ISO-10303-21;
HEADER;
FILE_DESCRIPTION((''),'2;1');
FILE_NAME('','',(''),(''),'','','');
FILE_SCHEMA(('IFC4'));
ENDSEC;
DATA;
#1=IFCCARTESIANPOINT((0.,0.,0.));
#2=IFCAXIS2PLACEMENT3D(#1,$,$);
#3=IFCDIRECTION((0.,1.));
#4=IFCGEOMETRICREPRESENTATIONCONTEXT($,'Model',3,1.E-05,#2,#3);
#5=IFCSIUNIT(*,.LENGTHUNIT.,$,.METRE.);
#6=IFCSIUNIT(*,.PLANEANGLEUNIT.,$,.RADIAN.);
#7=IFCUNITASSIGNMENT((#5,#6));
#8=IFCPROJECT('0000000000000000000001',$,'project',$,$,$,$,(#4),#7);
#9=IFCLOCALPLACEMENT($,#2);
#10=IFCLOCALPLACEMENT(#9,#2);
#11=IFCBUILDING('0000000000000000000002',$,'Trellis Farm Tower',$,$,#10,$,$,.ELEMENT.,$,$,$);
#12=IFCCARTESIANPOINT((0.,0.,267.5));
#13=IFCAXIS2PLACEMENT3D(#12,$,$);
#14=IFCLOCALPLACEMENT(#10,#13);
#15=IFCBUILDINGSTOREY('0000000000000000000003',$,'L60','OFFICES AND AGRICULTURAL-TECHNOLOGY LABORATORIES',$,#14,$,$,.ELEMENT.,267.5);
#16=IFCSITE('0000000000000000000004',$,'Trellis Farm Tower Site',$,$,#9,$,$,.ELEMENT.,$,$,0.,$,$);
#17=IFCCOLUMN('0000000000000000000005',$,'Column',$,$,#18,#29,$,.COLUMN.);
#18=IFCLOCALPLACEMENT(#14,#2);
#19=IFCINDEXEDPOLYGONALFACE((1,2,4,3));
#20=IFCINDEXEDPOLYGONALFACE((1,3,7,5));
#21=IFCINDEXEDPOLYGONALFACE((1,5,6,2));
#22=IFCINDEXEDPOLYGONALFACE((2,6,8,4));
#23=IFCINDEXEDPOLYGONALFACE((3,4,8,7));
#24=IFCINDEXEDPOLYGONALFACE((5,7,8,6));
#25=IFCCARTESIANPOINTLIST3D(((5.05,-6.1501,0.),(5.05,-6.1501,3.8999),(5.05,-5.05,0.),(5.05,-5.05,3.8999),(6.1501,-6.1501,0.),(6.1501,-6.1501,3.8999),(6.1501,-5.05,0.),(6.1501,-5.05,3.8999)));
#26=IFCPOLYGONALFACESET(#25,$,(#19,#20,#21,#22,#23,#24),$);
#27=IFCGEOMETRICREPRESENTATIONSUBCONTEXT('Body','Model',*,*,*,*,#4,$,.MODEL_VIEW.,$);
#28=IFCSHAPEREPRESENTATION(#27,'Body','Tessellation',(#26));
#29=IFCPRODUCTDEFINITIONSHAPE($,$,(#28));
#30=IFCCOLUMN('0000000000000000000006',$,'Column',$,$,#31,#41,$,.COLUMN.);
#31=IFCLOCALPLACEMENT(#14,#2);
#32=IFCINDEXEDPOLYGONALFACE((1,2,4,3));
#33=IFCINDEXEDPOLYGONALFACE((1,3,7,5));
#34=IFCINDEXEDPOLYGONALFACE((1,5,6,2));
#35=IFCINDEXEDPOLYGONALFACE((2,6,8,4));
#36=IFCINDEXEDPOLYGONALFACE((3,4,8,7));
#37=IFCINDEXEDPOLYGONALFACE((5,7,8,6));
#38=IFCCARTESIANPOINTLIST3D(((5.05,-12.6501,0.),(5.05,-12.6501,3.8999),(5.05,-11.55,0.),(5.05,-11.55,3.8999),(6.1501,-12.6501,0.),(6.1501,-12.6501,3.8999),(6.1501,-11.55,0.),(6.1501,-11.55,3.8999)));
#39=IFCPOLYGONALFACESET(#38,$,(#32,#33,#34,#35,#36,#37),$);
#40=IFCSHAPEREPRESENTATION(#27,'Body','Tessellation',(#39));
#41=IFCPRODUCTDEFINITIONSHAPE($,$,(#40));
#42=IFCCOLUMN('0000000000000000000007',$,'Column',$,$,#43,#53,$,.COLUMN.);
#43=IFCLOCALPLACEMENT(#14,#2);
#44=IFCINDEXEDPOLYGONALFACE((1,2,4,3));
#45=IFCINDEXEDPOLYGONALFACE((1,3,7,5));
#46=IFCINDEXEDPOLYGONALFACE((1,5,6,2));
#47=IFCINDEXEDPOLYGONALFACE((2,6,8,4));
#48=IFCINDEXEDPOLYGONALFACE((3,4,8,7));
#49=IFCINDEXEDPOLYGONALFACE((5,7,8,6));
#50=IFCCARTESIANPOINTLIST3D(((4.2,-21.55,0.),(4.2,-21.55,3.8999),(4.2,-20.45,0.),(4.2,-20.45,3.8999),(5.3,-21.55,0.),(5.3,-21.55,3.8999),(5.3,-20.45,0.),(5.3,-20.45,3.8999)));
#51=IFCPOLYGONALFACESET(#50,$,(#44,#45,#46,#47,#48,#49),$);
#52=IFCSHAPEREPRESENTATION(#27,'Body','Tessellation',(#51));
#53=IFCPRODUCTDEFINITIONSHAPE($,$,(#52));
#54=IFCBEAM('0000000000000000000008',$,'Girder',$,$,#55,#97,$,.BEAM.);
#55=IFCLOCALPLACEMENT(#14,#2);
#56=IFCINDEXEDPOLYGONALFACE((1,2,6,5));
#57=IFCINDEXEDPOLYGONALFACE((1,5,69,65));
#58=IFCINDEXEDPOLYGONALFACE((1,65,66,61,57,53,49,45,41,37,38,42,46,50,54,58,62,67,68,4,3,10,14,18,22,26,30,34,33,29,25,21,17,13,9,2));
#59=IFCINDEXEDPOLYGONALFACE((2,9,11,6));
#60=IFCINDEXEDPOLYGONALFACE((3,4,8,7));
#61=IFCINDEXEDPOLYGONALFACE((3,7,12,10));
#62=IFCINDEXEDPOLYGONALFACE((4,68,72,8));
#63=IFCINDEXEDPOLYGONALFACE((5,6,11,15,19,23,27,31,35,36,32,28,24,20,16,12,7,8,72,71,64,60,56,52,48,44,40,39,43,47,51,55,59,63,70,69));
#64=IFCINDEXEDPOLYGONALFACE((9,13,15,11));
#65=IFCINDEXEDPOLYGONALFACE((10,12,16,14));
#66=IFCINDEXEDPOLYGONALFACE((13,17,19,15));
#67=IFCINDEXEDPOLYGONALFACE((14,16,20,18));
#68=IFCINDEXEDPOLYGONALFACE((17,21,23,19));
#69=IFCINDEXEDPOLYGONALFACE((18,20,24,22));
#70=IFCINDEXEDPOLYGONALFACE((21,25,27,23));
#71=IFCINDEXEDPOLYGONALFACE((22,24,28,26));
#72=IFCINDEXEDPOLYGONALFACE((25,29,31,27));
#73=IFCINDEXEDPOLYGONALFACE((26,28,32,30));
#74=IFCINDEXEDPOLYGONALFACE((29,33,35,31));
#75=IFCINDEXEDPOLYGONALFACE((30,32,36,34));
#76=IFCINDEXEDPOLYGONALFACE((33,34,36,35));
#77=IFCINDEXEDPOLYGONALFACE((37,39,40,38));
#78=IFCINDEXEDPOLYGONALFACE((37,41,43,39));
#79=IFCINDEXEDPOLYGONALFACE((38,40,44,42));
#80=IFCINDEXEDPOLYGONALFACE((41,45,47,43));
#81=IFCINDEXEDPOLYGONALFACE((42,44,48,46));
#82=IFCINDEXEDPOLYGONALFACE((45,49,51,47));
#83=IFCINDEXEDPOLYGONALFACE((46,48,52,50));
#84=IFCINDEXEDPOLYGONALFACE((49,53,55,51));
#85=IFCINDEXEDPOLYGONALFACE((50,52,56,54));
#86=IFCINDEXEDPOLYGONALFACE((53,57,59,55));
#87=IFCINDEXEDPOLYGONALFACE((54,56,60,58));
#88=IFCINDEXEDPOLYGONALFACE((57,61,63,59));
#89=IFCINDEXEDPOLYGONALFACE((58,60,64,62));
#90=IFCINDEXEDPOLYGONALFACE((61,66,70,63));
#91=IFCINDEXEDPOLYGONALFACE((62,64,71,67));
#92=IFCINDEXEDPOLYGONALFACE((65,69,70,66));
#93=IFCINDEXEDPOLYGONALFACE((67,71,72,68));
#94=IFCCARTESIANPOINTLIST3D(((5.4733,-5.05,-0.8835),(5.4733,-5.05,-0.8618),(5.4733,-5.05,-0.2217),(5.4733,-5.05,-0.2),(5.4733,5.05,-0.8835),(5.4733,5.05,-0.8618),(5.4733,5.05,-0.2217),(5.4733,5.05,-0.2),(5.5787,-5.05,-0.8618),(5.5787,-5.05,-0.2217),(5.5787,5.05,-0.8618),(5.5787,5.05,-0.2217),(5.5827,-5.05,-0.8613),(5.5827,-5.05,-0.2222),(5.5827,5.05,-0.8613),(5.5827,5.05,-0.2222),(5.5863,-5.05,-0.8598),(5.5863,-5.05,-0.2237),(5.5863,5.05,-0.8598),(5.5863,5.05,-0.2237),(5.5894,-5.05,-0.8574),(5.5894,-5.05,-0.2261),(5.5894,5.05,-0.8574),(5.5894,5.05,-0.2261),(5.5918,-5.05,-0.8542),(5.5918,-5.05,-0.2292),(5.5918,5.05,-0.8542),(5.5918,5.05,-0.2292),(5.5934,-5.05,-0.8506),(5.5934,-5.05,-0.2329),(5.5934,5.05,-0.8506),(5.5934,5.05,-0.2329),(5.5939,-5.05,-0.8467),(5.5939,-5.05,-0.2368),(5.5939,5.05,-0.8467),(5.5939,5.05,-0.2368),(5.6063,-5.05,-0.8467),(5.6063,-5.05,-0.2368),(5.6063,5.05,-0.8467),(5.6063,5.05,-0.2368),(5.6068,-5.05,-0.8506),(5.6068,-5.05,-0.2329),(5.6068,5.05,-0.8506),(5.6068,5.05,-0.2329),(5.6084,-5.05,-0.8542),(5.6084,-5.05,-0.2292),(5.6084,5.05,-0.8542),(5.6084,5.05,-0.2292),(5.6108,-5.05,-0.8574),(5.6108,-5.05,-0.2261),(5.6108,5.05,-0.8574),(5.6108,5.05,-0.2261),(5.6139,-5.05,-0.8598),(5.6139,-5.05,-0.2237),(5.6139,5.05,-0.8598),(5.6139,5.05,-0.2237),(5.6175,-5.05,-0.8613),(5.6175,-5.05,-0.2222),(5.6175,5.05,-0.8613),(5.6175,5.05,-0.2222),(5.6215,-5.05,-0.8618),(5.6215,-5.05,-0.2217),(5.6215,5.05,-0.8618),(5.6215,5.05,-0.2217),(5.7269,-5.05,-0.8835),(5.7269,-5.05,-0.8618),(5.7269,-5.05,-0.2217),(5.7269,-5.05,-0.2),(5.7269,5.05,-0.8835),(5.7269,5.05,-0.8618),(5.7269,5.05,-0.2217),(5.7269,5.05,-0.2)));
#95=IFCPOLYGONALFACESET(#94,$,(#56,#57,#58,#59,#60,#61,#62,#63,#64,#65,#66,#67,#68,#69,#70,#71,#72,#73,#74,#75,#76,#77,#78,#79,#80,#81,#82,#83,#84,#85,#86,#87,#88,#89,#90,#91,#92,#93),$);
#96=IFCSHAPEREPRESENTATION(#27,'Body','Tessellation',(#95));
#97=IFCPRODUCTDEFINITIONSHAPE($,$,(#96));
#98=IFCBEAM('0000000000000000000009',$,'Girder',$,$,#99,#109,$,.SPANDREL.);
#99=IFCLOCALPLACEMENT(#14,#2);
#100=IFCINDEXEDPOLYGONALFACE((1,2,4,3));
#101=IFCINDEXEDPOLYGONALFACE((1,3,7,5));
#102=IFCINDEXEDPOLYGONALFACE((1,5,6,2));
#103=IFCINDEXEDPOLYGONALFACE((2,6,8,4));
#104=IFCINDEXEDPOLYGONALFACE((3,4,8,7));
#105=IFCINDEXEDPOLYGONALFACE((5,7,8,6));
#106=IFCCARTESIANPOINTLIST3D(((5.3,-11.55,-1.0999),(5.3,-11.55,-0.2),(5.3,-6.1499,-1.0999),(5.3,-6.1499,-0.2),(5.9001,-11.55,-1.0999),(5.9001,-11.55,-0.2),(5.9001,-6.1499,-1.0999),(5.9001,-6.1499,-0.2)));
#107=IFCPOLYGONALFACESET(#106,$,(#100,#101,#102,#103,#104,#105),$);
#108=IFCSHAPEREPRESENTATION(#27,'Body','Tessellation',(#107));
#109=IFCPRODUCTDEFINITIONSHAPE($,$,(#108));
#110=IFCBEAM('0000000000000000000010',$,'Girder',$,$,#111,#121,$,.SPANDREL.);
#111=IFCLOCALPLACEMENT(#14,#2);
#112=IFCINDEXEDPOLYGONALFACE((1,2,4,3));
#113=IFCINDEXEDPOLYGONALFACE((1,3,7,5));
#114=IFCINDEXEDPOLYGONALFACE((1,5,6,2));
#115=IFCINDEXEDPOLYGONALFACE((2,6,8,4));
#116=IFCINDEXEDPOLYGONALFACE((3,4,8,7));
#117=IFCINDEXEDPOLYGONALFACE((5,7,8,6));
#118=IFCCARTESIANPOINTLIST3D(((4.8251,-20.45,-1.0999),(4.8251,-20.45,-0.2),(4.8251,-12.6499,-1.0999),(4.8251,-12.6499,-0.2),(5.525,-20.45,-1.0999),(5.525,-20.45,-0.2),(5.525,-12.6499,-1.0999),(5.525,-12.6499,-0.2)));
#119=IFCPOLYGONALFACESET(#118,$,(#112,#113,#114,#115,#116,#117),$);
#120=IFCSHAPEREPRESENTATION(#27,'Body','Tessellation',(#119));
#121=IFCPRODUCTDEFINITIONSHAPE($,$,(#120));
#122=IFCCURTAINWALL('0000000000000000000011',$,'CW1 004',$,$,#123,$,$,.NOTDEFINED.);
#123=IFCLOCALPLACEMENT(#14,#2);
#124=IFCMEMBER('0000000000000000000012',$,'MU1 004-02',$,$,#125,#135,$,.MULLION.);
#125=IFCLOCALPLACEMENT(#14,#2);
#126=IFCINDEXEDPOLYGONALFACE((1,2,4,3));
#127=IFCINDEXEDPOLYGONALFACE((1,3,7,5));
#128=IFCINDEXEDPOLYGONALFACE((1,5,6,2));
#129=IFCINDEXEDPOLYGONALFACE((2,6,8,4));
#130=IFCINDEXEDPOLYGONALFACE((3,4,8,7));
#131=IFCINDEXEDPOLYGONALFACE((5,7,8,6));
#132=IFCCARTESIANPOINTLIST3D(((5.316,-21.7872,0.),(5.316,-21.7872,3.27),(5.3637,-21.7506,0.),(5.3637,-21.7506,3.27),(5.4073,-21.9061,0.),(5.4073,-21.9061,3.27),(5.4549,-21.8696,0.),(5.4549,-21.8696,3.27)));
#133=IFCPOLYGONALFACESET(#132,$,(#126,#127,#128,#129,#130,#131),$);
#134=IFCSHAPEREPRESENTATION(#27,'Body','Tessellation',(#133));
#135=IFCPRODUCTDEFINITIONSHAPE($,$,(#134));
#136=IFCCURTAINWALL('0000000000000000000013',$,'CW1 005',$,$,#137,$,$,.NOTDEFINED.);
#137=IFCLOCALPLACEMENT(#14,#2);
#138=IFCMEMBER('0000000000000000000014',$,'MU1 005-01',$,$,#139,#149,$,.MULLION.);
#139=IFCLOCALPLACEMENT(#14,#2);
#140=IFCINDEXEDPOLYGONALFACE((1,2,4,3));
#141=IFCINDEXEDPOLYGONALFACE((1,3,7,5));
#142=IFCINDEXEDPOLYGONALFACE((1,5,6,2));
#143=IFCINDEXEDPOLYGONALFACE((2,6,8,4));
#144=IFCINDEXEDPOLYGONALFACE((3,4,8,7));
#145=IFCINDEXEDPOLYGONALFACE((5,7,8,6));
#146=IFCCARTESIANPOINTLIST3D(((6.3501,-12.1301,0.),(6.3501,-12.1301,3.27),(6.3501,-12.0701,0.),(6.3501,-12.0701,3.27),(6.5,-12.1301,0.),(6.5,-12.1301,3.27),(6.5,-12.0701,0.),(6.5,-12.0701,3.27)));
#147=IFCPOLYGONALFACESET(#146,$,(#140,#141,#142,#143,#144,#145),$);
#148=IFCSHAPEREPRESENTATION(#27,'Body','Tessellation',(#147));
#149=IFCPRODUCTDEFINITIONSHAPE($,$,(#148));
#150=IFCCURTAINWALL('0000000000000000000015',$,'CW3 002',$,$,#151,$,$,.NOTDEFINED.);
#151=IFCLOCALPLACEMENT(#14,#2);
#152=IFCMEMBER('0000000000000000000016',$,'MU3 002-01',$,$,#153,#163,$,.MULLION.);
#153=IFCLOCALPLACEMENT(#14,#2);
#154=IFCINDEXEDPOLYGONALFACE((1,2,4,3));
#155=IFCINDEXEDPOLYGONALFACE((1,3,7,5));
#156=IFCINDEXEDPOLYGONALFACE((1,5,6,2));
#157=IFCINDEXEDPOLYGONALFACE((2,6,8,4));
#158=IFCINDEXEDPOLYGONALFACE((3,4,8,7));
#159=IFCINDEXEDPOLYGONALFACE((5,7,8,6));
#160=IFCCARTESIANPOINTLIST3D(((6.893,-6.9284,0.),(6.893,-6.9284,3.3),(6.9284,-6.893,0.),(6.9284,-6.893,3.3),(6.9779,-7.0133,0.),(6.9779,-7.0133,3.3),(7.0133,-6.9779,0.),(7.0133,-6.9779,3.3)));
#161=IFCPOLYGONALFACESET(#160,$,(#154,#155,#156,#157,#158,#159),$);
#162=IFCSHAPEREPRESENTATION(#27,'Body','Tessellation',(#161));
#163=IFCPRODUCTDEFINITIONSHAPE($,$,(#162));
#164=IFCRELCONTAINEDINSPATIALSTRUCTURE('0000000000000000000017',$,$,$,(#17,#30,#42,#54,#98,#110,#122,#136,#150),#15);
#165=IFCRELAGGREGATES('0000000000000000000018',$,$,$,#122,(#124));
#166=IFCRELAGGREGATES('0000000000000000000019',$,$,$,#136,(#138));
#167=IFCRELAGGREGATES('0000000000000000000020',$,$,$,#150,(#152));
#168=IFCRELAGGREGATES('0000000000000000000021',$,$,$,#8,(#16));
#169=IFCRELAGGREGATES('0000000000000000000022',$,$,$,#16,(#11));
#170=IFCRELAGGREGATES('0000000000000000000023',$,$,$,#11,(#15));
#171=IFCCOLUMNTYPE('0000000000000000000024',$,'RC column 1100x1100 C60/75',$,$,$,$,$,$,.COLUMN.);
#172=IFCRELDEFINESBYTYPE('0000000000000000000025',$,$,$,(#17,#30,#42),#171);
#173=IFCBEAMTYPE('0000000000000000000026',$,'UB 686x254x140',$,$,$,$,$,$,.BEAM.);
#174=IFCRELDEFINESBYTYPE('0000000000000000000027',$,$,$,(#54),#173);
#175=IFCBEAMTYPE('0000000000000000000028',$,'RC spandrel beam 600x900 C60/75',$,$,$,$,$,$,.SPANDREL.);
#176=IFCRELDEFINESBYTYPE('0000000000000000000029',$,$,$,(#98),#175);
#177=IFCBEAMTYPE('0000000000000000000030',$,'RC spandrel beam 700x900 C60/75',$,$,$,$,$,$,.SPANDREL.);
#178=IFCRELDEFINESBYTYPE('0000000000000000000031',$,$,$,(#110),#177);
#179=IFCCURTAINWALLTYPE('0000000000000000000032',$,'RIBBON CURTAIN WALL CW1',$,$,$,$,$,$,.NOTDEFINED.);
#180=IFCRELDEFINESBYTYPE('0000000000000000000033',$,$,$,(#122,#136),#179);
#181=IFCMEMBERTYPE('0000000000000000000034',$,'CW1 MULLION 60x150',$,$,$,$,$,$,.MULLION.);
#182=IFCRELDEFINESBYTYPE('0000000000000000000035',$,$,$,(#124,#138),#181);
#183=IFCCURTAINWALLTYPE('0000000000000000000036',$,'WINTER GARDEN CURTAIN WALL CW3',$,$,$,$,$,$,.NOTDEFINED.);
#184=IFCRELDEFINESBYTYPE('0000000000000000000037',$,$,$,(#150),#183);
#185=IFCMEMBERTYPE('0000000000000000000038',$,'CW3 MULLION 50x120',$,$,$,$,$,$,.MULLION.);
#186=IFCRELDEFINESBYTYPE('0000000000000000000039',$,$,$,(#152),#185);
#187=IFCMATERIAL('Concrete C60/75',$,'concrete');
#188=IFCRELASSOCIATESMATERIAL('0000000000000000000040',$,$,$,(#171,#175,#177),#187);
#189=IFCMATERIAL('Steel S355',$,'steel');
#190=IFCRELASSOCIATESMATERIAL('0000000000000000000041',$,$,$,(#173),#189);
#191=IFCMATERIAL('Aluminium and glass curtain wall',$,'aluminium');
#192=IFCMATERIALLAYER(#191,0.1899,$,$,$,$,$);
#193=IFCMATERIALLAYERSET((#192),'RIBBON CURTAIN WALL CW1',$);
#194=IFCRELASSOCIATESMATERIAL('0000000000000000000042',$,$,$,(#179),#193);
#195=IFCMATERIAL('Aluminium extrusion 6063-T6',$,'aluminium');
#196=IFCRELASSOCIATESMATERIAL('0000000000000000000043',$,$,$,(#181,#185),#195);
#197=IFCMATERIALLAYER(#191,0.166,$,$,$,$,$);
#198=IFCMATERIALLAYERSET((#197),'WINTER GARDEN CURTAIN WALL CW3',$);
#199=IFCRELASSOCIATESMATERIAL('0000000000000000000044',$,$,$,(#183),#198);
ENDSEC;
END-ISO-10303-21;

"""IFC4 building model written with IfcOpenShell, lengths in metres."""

from ifc_helpers import new_model, si_unit, direction, frame, origin, origin_2d, place, context, subcontext, project, spatial, rectangle, i_section, extrude, source, transform, mapped, material, layer, layer_set, material_profile, profile_set, type_object, element, aggregate, save


model = new_model("IFC4")

# Units and contexts
model_context = context("Model", 3, precision=1e-05, world=origin(), true_north=direction((0.0, 1.0)))
body_context = subcontext(model_context, "Body", "Model", "MODEL_VIEW")
ifc_project = project(units=[si_unit("LENGTHUNIT", "METRE"), si_unit("PLANEANGLEUNIT", "RADIAN")], contexts=[model_context])

# Site, building, storey
site_placement = place(None, origin())
site = spatial("IfcSite", under=ifc_project, at=site_placement, Name="Trellis Farm Tower Site", CompositionType="ELEMENT", RefElevation=0.0)
building_placement = place(site_placement, origin())
building = spatial("IfcBuilding", under=site, at=building_placement, Name="Trellis Farm Tower", CompositionType="ELEMENT")
storey_placement = place(building_placement, frame((0.0, 0.0, 267.5)))
storey = spatial("IfcBuildingStorey", under=building, at=storey_placement, Name="L60", Description="OFFICES AND AGRICULTURAL-TECHNOLOGY LABORATORIES", CompositionType="ELEMENT", Elevation=267.5)

# Columns
ifc_material_1 = material(Name="Concrete C60/75", Category="concrete")
ifc_material_profile_1 = material_profile(ifc_material_1, rectangle(XDim=1.1001, YDim=1.1001, at=origin_2d()), Name="RC column 1100x1100 C60/75")
ifc_profile_set_1 = profile_set([ifc_material_profile_1], Name="Concrete C60/75")
column_type = type_object("IfcColumnType", Name="RC column 1100x1100 C60/75", PredefinedType="COLUMN", material=ifc_profile_set_1)
shared_shape_1 = source(origin(), body_context, "Body", "SweptSolid", [
    extrude(rectangle(XDim=1.1001, YDim=1.1001, at=origin_2d()), origin(), (0.0, 0.0, 1.0), 3.8999),
])
for number, where, z_axis, x_axis, name in (
    (1, (5.6001, -5.6001, 0.0), (0.0, 0.0, 1.0), (1.0, 0.0, 0.0), "Column"),
    (2, (5.6001, -12.1001, 0.0), (0.0, 0.0, 1.0), (1.0, 0.0, 0.0), "Column"),
    (3, (4.75, -21.0, 0.0), (0.0, 0.0, 1.0), (1.0, 0.0, 0.0), "Column"),
):
    element("IfcColumn", number, at=place(storey_placement, frame(where, z_axis=z_axis, x_axis=x_axis)), inside=storey, type_object=column_type, Name=name, PredefinedType="COLUMN", context=body_context, shape_type="MappedRepresentation", body=[
        mapped(shared_shape_1, transform((0.0, 0.0, 0.0))),
    ])

# Beams
ifc_material_2 = material(Name="Steel S355", Category="steel")
ifc_material_profile_2 = material_profile(ifc_material_2, i_section(OverallWidth=0.2537, OverallDepth=0.6836, WebThickness=0.0125, FlangeThickness=0.0217, FilletRadius=0.0151, at=origin_2d()), Name="UB 686x254x140")
ifc_profile_set_2 = profile_set([ifc_material_profile_2], Name="Steel S355")
beam_type_1 = type_object("IfcBeamType", Name="UB 686x254x140", PredefinedType="BEAM", material=ifc_profile_set_2)
shared_shape_2 = source(origin(), body_context, "Body", "SweptSolid", [
    extrude(i_section(OverallWidth=0.2537, OverallDepth=0.6836, WebThickness=0.0125, FlangeThickness=0.0217, FilletRadius=0.0151, at=origin_2d()), origin(), (0.0, 0.0, 1.0), 10.1001),
])
beam_1_placement = place(storey_placement, frame((5.6001, -5.05, -0.5417), z_axis=(0.0, 1.0, 0.0), x_axis=(-1.0, 0.0, 0.0)))
element("IfcBeam", 4, at=beam_1_placement, inside=storey, type_object=beam_type_1, Name="Girder", PredefinedType="BEAM", context=body_context, shape_type="MappedRepresentation", body=[
    mapped(shared_shape_2, transform((0.0, 0.0, 0.0))),
])
ifc_material_profile_3 = material_profile(ifc_material_1, rectangle(XDim=0.6001, YDim=0.8999, at=origin_2d()), Name="RC spandrel beam 600x900 C60/75")
ifc_profile_set_3 = profile_set([ifc_material_profile_3], Name="Concrete C60/75")
beam_type_2 = type_object("IfcBeamType", Name="RC spandrel beam 600x900 C60/75", PredefinedType="SPANDREL", material=ifc_profile_set_3)
shared_shape_3 = source(origin(), body_context, "Body", "SweptSolid", [
    extrude(rectangle(XDim=0.6001, YDim=0.8999, at=origin_2d()), origin(), (0.0, 0.0, 1.0), 5.4001),
])
beam_2_placement = place(storey_placement, frame((5.6001, -11.55, -0.6499), z_axis=(0.0, 1.0, 0.0), x_axis=(-1.0, 0.0, 0.0)))
element("IfcBeam", 5, at=beam_2_placement, inside=storey, type_object=beam_type_2, Name="Girder", PredefinedType="SPANDREL", context=body_context, shape_type="MappedRepresentation", body=[
    mapped(shared_shape_3, transform((0.0, 0.0, 0.0))),
])
ifc_material_profile_4 = material_profile(ifc_material_1, rectangle(XDim=0.7, YDim=0.8999, at=origin_2d()), Name="RC spandrel beam 700x900 C60/75")
ifc_profile_set_4 = profile_set([ifc_material_profile_4], Name="Concrete C60/75")
beam_type_3 = type_object("IfcBeamType", Name="RC spandrel beam 700x900 C60/75", PredefinedType="SPANDREL", material=ifc_profile_set_4)
shared_shape_4 = source(origin(), body_context, "Body", "SweptSolid", [
    extrude(rectangle(XDim=0.7, YDim=0.8999, at=origin_2d()), origin(), (0.0, 0.0, 1.0), 7.8),
])
beam_3_placement = place(storey_placement, frame((5.175, -20.45, -0.6499), z_axis=(0.0, 1.0, 0.0), x_axis=(-1.0, 0.0, 0.0)))
element("IfcBeam", 6, at=beam_3_placement, inside=storey, type_object=beam_type_3, Name="Girder", PredefinedType="SPANDREL", context=body_context, shape_type="MappedRepresentation", body=[
    mapped(shared_shape_4, transform((0.0, 0.0, 0.0))),
])

# Curtain walls, members
ifc_material_3 = material(Name="Aluminium and glass curtain wall", Category="aluminium")
ifc_layer_1 = layer(ifc_material_3, 0.1899)
ifc_layer_set_1 = layer_set([ifc_layer_1], Name="RIBBON CURTAIN WALL CW1")
curtain_wall_type_1 = type_object("IfcCurtainWallType", Name="RIBBON CURTAIN WALL CW1", PredefinedType="NOTDEFINED", material=ifc_layer_set_1)
placement = place(storey_placement, origin())
curtain_wall_1 = element("IfcCurtainWall", 7, at=placement, inside=storey, type_object=curtain_wall_type_1, Name="CW1 004", PredefinedType="NOTDEFINED")
ifc_material_4 = material(Name="Aluminium extrusion 6063-T6", Category="aluminium")
ifc_material_profile_5 = material_profile(ifc_material_4, rectangle(XDim=0.0601, YDim=0.1499, at=origin_2d()), Name="MULLION 60x150")
ifc_profile_set_5 = profile_set([ifc_material_profile_5], Name="Aluminium extrusion 6063-T6")
member_type_1 = type_object("IfcMemberType", Name="CW1 MULLION 60x150", PredefinedType="MULLION", material=ifc_profile_set_5)
shared_shape_5 = source(origin(), body_context, "Body", "SweptSolid", [
    extrude(rectangle(XDim=0.0601, YDim=0.1499, at=origin_2d()), origin(), (0.0, 0.0, 1.0), 3.27),
])
member_1_placement = place(storey_placement, frame((5.3855, -21.8284, 0.0), z_axis=(0.0, 0.0, 1.0), x_axis=(0.793353, 0.608761, 0.0)))
member_1 = element("IfcMember", 8, at=member_1_placement, type_object=member_type_1, Name="MU1 004-02", PredefinedType="MULLION", context=body_context, shape_type="MappedRepresentation", body=[
    mapped(shared_shape_5, transform((0.0, 0.0, 0.0))),
])
aggregate(curtain_wall_1, [member_1])
curtain_wall_2 = element("IfcCurtainWall", 9, at=placement, inside=storey, type_object=curtain_wall_type_1, Name="CW1 005", PredefinedType="NOTDEFINED")
member_2_placement = place(storey_placement, frame((6.425, -12.1001, 0.0), z_axis=(0.0, 0.0, 1.0), x_axis=(0.0, 1.0, 0.0)))
member_2 = element("IfcMember", 10, at=member_2_placement, type_object=member_type_1, Name="MU1 005-01", PredefinedType="MULLION", context=body_context, shape_type="MappedRepresentation", body=[
    mapped(shared_shape_5, transform((0.0, 0.0, 0.0))),
])
aggregate(curtain_wall_2, [member_2])
ifc_layer_2 = layer(ifc_material_3, 0.166)
ifc_layer_set_2 = layer_set([ifc_layer_2], Name="WINTER GARDEN CURTAIN WALL CW3")
curtain_wall_type_2 = type_object("IfcCurtainWallType", Name="WINTER GARDEN CURTAIN WALL CW3", PredefinedType="NOTDEFINED", material=ifc_layer_set_2)
curtain_wall_3 = element("IfcCurtainWall", 11, at=placement, inside=storey, type_object=curtain_wall_type_2, Name="CW3 002", PredefinedType="NOTDEFINED")
ifc_material_profile_6 = material_profile(ifc_material_4, rectangle(XDim=0.05, YDim=0.1201, at=origin_2d()), Name="MULLION 50x120")
ifc_profile_set_6 = profile_set([ifc_material_profile_6], Name="Aluminium extrusion 6063-T6")
member_type_2 = type_object("IfcMemberType", Name="CW3 MULLION 50x120", PredefinedType="MULLION", material=ifc_profile_set_6)
shared_shape_6 = source(origin(), body_context, "Body", "SweptSolid", [
    extrude(rectangle(XDim=0.05, YDim=0.1201, at=origin_2d()), origin(), (0.0, 0.0, 1.0), 3.3),
])
member_3_placement = place(storey_placement, frame((6.9531, -6.9531, 0.0), z_axis=(0.0, 0.0, 1.0), x_axis=(0.707107, 0.707107, 0.0)))
member_3 = element("IfcMember", 12, at=member_3_placement, type_object=member_type_2, Name="MU3 002-01", PredefinedType="MULLION", context=body_context, shape_type="MappedRepresentation", body=[
    mapped(shared_shape_6, transform((0.0, 0.0, 0.0))),
])
aggregate(curtain_wall_3, [member_3])

save(model, "model.ifc")
